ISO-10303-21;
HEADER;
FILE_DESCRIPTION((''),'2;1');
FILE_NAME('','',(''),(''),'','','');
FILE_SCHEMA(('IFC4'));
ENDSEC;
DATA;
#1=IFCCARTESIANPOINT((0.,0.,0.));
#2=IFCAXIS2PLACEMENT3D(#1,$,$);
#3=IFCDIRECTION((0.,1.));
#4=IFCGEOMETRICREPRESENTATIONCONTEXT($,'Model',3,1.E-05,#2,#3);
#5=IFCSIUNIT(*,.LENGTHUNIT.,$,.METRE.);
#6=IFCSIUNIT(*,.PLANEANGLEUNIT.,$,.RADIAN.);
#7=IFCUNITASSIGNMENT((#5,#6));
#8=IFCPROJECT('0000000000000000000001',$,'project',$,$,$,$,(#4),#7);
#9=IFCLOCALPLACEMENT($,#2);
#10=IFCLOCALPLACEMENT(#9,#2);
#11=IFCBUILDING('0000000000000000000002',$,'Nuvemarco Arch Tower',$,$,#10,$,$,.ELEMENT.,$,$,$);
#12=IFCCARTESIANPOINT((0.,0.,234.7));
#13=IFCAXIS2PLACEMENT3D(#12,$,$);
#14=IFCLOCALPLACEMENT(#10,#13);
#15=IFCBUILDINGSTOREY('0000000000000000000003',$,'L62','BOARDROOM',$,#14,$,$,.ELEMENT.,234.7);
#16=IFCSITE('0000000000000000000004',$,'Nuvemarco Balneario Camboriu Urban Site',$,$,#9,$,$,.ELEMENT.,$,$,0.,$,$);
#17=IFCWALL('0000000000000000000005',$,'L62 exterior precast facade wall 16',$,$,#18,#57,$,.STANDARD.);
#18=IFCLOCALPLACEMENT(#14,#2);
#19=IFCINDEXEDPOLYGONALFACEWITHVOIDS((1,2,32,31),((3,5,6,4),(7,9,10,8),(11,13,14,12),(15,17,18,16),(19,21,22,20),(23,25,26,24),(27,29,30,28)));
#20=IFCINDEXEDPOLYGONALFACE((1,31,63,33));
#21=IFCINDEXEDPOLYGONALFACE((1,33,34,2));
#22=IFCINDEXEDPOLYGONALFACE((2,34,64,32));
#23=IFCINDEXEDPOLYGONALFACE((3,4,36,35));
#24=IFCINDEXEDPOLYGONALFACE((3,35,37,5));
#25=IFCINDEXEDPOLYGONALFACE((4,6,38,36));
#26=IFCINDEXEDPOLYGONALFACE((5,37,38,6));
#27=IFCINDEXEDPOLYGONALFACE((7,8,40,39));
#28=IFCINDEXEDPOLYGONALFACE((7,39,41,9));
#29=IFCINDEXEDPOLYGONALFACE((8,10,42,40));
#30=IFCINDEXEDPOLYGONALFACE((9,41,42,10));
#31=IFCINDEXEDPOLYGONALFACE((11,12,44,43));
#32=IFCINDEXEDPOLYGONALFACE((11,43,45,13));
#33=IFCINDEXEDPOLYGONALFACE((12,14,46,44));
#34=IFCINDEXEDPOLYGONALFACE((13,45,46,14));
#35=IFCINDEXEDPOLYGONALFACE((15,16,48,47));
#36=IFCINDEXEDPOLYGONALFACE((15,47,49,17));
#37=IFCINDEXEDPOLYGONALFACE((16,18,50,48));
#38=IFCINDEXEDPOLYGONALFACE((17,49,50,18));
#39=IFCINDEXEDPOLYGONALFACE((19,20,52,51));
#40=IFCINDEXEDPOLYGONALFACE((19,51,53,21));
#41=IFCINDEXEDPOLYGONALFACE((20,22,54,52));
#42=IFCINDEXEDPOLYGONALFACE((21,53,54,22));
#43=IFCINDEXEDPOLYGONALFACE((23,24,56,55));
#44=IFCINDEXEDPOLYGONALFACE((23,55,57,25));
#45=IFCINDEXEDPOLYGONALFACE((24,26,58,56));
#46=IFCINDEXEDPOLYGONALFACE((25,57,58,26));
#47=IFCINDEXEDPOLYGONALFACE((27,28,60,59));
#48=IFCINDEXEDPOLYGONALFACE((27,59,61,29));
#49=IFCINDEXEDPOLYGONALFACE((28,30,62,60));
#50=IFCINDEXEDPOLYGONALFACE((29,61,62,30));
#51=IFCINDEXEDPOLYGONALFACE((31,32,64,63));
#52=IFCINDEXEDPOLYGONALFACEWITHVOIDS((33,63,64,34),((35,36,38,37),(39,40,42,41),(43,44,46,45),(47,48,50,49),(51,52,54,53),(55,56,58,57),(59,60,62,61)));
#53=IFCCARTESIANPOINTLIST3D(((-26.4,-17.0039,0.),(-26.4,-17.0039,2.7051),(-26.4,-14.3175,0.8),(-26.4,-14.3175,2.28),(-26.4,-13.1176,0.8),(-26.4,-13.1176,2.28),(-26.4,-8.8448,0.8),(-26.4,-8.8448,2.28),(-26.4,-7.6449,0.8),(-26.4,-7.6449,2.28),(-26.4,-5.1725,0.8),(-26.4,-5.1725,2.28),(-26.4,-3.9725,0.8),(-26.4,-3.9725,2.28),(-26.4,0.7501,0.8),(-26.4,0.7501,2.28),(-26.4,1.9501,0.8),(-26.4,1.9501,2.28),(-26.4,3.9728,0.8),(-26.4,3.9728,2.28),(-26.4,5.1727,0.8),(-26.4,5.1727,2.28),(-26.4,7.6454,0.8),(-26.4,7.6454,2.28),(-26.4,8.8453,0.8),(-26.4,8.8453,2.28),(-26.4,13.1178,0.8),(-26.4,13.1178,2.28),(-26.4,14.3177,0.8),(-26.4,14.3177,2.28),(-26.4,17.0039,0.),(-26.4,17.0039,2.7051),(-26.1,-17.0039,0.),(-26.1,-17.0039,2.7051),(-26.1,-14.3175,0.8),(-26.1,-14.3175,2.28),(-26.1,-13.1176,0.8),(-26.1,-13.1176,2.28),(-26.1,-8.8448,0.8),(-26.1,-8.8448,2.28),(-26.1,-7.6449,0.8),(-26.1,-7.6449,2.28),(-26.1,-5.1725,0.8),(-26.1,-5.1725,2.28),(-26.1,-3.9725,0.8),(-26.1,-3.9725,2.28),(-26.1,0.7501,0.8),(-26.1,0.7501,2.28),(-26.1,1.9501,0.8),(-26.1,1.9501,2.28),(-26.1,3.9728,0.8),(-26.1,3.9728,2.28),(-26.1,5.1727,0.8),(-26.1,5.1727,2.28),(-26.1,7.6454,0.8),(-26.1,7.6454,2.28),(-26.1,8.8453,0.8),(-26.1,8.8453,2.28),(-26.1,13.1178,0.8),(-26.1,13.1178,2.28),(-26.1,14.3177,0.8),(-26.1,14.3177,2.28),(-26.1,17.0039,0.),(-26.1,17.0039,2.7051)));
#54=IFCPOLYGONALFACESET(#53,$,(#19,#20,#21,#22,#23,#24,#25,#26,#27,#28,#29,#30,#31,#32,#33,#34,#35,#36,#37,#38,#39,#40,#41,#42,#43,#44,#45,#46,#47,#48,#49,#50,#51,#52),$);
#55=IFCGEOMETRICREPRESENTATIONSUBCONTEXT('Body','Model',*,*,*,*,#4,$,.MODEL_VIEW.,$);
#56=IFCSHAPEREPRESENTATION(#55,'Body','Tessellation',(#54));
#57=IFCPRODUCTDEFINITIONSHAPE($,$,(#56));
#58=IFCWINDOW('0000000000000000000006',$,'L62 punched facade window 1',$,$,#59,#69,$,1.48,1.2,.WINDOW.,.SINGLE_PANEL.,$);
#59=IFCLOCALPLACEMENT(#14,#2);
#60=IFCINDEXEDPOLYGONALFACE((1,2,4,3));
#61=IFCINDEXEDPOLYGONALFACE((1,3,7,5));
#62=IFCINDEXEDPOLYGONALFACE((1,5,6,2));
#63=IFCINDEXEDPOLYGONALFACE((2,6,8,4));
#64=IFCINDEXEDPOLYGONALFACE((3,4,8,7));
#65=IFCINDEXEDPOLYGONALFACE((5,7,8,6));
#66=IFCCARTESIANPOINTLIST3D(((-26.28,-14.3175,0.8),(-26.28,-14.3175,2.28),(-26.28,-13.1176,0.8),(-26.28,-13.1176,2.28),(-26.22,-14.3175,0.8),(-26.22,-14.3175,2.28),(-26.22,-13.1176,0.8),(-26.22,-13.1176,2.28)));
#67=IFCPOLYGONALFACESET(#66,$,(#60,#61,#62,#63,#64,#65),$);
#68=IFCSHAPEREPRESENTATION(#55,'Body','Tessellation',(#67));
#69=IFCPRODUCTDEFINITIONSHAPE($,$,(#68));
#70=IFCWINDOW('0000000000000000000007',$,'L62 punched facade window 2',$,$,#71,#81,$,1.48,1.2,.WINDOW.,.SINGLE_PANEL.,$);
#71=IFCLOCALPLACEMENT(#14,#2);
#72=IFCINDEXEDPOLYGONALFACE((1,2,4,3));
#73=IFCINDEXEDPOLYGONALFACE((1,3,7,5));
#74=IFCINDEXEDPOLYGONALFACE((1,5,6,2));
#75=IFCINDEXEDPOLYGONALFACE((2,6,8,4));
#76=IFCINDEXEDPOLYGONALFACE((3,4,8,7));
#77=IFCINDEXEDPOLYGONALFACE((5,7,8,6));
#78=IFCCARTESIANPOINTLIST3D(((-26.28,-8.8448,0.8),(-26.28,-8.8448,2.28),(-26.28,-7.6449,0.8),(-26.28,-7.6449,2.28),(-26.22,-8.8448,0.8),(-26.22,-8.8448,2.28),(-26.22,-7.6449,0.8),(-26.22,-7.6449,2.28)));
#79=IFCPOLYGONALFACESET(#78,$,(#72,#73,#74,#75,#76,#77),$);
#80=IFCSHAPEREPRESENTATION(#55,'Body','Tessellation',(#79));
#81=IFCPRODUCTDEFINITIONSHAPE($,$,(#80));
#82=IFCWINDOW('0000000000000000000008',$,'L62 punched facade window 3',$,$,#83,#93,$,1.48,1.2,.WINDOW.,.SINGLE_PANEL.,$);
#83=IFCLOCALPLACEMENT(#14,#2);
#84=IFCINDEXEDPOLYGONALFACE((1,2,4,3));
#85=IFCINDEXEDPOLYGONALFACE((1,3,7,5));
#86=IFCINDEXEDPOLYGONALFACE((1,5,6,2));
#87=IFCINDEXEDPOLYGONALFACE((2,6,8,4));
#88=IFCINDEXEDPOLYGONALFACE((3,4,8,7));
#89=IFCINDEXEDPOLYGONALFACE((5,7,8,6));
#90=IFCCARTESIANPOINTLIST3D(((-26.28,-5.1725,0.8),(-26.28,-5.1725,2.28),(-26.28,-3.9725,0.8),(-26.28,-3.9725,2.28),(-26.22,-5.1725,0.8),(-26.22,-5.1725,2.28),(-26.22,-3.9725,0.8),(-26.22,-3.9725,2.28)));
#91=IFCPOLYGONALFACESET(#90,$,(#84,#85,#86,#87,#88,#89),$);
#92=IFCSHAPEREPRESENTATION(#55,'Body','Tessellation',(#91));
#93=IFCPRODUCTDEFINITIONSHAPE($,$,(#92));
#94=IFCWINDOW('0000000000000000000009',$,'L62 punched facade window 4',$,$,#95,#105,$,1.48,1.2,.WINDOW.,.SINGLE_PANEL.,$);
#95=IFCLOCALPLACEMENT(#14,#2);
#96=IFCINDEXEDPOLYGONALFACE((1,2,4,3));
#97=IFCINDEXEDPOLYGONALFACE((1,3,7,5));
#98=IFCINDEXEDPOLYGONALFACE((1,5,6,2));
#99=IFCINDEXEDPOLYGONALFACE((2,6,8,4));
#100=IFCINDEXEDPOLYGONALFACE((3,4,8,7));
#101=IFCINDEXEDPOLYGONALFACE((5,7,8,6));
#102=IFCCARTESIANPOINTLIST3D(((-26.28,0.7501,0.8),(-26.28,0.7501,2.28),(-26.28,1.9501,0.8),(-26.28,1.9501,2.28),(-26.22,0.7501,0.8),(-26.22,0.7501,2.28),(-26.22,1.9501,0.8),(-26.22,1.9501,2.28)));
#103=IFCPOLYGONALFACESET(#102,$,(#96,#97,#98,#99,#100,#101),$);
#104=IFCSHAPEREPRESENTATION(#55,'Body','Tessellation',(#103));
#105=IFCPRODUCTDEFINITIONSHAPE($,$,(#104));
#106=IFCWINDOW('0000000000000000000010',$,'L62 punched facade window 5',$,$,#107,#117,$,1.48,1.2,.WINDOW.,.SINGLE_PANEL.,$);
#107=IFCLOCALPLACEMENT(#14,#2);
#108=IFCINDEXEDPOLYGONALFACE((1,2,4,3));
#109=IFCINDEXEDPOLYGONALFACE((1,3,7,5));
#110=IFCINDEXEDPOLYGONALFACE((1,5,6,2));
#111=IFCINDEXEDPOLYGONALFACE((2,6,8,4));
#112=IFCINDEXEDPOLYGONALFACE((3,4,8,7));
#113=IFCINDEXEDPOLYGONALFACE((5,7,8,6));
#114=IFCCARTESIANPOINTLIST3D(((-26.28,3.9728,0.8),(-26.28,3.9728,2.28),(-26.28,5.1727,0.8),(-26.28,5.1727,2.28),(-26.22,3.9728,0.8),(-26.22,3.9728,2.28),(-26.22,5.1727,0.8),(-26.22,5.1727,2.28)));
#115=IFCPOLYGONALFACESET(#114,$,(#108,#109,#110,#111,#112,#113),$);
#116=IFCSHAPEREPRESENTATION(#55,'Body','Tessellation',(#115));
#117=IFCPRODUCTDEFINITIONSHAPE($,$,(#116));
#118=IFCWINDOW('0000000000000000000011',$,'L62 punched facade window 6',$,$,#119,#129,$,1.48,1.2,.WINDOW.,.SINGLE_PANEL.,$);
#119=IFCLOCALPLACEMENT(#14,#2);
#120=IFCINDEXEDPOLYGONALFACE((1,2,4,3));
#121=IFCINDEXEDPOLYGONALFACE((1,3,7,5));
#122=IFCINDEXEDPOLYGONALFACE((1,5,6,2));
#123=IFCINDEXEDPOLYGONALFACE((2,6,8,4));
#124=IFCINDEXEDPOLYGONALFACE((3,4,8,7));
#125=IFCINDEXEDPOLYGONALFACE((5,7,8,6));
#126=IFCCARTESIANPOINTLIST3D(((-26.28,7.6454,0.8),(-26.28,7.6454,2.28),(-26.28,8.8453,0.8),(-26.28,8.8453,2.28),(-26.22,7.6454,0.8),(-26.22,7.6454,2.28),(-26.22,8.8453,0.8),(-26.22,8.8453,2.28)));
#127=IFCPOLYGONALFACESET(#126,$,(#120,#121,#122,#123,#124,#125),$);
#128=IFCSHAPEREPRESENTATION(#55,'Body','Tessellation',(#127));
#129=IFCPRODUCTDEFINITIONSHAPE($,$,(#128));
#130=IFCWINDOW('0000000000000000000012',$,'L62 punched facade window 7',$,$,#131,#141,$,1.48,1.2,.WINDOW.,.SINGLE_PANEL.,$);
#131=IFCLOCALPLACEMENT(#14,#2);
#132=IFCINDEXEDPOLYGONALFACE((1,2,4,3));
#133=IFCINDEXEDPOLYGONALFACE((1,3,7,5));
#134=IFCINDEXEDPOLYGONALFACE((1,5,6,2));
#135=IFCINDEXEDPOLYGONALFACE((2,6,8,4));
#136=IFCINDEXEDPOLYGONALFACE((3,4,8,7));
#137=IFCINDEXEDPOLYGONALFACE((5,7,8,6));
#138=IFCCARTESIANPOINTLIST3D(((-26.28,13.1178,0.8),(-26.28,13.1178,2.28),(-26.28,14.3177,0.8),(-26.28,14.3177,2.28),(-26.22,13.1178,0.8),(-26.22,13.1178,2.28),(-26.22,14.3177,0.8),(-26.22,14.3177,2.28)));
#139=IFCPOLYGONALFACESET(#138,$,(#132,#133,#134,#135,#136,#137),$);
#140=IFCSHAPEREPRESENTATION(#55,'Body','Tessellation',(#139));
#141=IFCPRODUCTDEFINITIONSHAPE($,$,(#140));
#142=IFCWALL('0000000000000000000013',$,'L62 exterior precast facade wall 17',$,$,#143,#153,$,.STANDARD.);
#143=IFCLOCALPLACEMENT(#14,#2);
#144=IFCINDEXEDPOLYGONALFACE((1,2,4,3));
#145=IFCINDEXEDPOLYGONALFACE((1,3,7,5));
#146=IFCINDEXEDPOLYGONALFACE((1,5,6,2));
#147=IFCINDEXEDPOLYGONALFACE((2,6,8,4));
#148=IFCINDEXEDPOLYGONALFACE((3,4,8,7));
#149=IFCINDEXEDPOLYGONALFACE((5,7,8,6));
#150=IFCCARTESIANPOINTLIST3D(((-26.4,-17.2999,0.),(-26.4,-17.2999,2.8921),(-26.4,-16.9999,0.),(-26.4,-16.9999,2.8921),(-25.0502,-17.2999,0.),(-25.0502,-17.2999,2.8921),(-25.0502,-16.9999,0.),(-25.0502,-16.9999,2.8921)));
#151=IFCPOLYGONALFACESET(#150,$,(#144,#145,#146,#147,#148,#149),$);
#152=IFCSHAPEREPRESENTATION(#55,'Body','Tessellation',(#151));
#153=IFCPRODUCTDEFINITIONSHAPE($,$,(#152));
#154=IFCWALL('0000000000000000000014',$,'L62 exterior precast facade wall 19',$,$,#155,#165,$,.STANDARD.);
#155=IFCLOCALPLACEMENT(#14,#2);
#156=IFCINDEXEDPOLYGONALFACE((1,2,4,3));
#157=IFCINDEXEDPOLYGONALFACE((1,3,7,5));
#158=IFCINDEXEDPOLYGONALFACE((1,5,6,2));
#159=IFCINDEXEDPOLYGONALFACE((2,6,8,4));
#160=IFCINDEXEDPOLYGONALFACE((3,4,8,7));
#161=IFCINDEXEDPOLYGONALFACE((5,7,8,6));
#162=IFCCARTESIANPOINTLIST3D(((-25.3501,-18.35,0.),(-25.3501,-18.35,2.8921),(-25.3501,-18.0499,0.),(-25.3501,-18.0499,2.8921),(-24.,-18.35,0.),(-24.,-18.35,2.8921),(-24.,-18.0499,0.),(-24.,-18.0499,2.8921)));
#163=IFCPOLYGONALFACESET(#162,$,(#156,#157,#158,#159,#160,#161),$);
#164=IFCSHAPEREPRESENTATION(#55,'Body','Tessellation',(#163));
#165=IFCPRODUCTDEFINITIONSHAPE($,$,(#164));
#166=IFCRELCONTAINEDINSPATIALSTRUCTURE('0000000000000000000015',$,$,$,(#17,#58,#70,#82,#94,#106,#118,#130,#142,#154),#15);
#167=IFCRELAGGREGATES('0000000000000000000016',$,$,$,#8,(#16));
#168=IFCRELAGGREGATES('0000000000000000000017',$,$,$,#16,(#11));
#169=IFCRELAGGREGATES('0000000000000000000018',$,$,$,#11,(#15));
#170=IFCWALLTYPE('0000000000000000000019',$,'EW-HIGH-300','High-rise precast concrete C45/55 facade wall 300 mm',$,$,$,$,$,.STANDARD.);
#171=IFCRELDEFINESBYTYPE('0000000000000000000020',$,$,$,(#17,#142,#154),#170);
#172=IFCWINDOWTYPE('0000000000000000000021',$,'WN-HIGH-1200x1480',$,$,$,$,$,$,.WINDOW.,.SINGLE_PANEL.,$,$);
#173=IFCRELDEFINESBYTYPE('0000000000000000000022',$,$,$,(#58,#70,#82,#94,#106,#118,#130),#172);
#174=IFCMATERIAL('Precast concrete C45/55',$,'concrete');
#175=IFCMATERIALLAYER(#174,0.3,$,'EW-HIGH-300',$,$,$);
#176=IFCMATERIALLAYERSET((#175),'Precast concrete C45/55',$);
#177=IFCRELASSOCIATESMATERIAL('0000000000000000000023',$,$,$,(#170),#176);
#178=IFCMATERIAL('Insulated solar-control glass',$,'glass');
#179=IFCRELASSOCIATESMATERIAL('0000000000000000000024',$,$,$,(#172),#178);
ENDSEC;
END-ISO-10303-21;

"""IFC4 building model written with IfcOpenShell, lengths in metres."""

from ifc_helpers import new_model, si_unit, direction, frame, frame_2d, origin, place, context, subcontext, project, spatial, rectangle, extrude, source, transform, mapped, material, layer, layer_set, type_object, type_shapes, element, fill, save


model = new_model("IFC4")

# Units and contexts
model_context = context("Model", 3, precision=1e-05, world=origin(), true_north=direction((0.0, 1.0)))
body_context = subcontext(model_context, "Body", "Model", "MODEL_VIEW")
ifc_project = project(units=[si_unit("LENGTHUNIT", "METRE"), si_unit("PLANEANGLEUNIT", "RADIAN")], contexts=[model_context])

# Site, building, storey
site_placement = place(None, origin())
site = spatial("IfcSite", under=ifc_project, at=site_placement, Name="Nuvemarco Balneario Camboriu Urban Site", CompositionType="ELEMENT", RefElevation=0.0)
building_placement = place(site_placement, origin())
building = spatial("IfcBuilding", under=site, at=building_placement, Name="Nuvemarco Arch Tower", CompositionType="ELEMENT")
storey_placement = place(building_placement, frame((0.0, 0.0, 234.7)))
storey = spatial("IfcBuildingStorey", under=building, at=storey_placement, Name="L62", Description="BOARDROOM", CompositionType="ELEMENT", Elevation=234.7)

# Shared definitions
ifc_material_1 = material(Name="Precast concrete C45/55", Category="concrete")

# Wall, openings, windows
ifc_layer = layer(ifc_material_1, 0.3, Name="EW-HIGH-300")
ifc_layer_set = layer_set([ifc_layer], Name="Precast concrete C45/55")
wall_type = type_object("IfcWallType", Name="EW-HIGH-300", Description="High-rise precast concrete C45/55 facade wall 300 mm", PredefinedType="STANDARD", material=ifc_layer_set)
wall_1_placement = place(storey_placement, frame((-26.25, -17.0039, 0.0), z_axis=(0.0, 0.0, 1.0), x_axis=(0.0, 1.0, 0.0)))
wall_1 = element("IfcWall", 1, at=wall_1_placement, inside=storey, type_object=wall_type, Name="L62 exterior precast facade wall 16", PredefinedType="STANDARD", context=body_context, shape_type="SweptSolid", body=[
    extrude(rectangle(XDim=34.0078, YDim=0.3, at=frame_2d((17.0039, 0.0))), origin(), (0.0, 0.0, 1.0), 2.7051),
])
opening_1_placement = place(wall_1_placement, frame((2.6863, 0.0, 0.8)))
opening_1 = element("IfcOpeningElement", 2, at=opening_1_placement, cuts=wall_1, PredefinedType="OPENING", context=body_context, shape_type="SweptSolid", body=[
    extrude(rectangle(XDim=1.2, YDim=1.48, at=frame_2d((0.6001, 0.74))), frame((0.0, 0.1599, 0.0), z_axis=(0.0, -1.0, 0.0), x_axis=(1.0, 0.0, 0.0)), (0.0, 0.0, 1.0), 0.3201),
])
opening_2_placement = place(wall_1_placement, frame((8.1589, 0.0, 0.8)))
opening_2 = element("IfcOpeningElement", 3, at=opening_2_placement, cuts=wall_1, PredefinedType="OPENING", context=body_context, shape_type="SweptSolid", body=[
    extrude(rectangle(XDim=1.2, YDim=1.48, at=frame_2d((0.6001, 0.74))), frame((0.0, 0.1599, 0.0), z_axis=(0.0, -1.0, 0.0), x_axis=(1.0, 0.0, 0.0)), (0.0, 0.0, 1.0), 0.3201),
])
opening_3_placement = place(wall_1_placement, frame((11.8313, 0.0, 0.8)))
opening_3 = element("IfcOpeningElement", 4, at=opening_3_placement, cuts=wall_1, PredefinedType="OPENING", context=body_context, shape_type="SweptSolid", body=[
    extrude(rectangle(XDim=1.2, YDim=1.48, at=frame_2d((0.6001, 0.74))), frame((0.0, 0.1599, 0.0), z_axis=(0.0, -1.0, 0.0), x_axis=(1.0, 0.0, 0.0)), (0.0, 0.0, 1.0), 0.3201),
])
opening_4_placement = place(wall_1_placement, frame((17.7539, 0.0, 0.8)))
opening_4 = element("IfcOpeningElement", 5, at=opening_4_placement, cuts=wall_1, PredefinedType="OPENING", context=body_context, shape_type="SweptSolid", body=[
    extrude(rectangle(XDim=1.2, YDim=1.48, at=frame_2d((0.6001, 0.74))), frame((0.0, 0.1599, 0.0), z_axis=(0.0, -1.0, 0.0), x_axis=(1.0, 0.0, 0.0)), (0.0, 0.0, 1.0), 0.3201),
])
opening_5_placement = place(wall_1_placement, frame((20.9766, 0.0, 0.8)))
opening_5 = element("IfcOpeningElement", 6, at=opening_5_placement, cuts=wall_1, PredefinedType="OPENING", context=body_context, shape_type="SweptSolid", body=[
    extrude(rectangle(XDim=1.2, YDim=1.48, at=frame_2d((0.6001, 0.74))), frame((0.0, 0.1599, 0.0), z_axis=(0.0, -1.0, 0.0), x_axis=(1.0, 0.0, 0.0)), (0.0, 0.0, 1.0), 0.3201),
])
opening_6_placement = place(wall_1_placement, frame((24.6492, 0.0, 0.8)))
opening_6 = element("IfcOpeningElement", 7, at=opening_6_placement, cuts=wall_1, PredefinedType="OPENING", context=body_context, shape_type="SweptSolid", body=[
    extrude(rectangle(XDim=1.2, YDim=1.48, at=frame_2d((0.6001, 0.74))), frame((0.0, 0.1599, 0.0), z_axis=(0.0, -1.0, 0.0), x_axis=(1.0, 0.0, 0.0)), (0.0, 0.0, 1.0), 0.3201),
])
opening_7_placement = place(wall_1_placement, frame((30.1216, 0.0, 0.8)))
opening_7 = element("IfcOpeningElement", 8, at=opening_7_placement, cuts=wall_1, PredefinedType="OPENING", context=body_context, shape_type="SweptSolid", body=[
    extrude(rectangle(XDim=1.2, YDim=1.48, at=frame_2d((0.6001, 0.74))), frame((0.0, 0.1599, 0.0), z_axis=(0.0, -1.0, 0.0), x_axis=(1.0, 0.0, 0.0)), (0.0, 0.0, 1.0), 0.3201),
])
ifc_material_2 = material(Name="Insulated solar-control glass", Category="glass")
window_type = type_object("IfcWindowType", Name="WN-HIGH-1200x1480", PartitioningType="SINGLE_PANEL", PredefinedType="WINDOW", material=ifc_material_2)
shared_shape_1 = source(origin(), body_context, "Body", "SweptSolid", [
    extrude(rectangle(XDim=1.2, YDim=1.48, at=frame_2d((0.6001, 0.74))), frame((0.0, 0.03, 0.0), z_axis=(0.0, -1.0, 0.0), x_axis=(1.0, 0.0, 0.0)), (0.0, 0.0, 1.0), 0.0601),
])
type_shapes(window_type, [shared_shape_1])
window_1_placement = place(opening_1_placement, origin())
window_1 = element("IfcWindow", 9, at=window_1_placement, inside=storey, type_object=window_type, Name="L62 punched facade window 1", OverallHeight=1.48, OverallWidth=1.2, PartitioningType="SINGLE_PANEL", PredefinedType="WINDOW", context=body_context, shape_type="MappedRepresentation", body=[
    mapped(shared_shape_1, transform((0.0, 0.0, 0.0), scale=1.0)),
])
fill(opening_1, window_1)
window_2_placement = place(opening_2_placement, origin())
window_2 = element("IfcWindow", 10, at=window_2_placement, inside=storey, type_object=window_type, Name="L62 punched facade window 2", OverallHeight=1.48, OverallWidth=1.2, PartitioningType="SINGLE_PANEL", PredefinedType="WINDOW", context=body_context, shape_type="MappedRepresentation", body=[
    mapped(shared_shape_1, transform((0.0, 0.0, 0.0), scale=1.0)),
])
fill(opening_2, window_2)
window_3_placement = place(opening_3_placement, origin())
window_3 = element("IfcWindow", 11, at=window_3_placement, inside=storey, type_object=window_type, Name="L62 punched facade window 3", OverallHeight=1.48, OverallWidth=1.2, PartitioningType="SINGLE_PANEL", PredefinedType="WINDOW", context=body_context, shape_type="MappedRepresentation", body=[
    mapped(shared_shape_1, transform((0.0, 0.0, 0.0), scale=1.0)),
])
fill(opening_3, window_3)
window_4_placement = place(opening_4_placement, origin())
window_4 = element("IfcWindow", 12, at=window_4_placement, inside=storey, type_object=window_type, Name="L62 punched facade window 4", OverallHeight=1.48, OverallWidth=1.2, PartitioningType="SINGLE_PANEL", PredefinedType="WINDOW", context=body_context, shape_type="MappedRepresentation", body=[
    mapped(shared_shape_1, transform((0.0, 0.0, 0.0), scale=1.0)),
])
fill(opening_4, window_4)
window_5_placement = place(opening_5_placement, origin())
window_5 = element("IfcWindow", 13, at=window_5_placement, inside=storey, type_object=window_type, Name="L62 punched facade window 5", OverallHeight=1.48, OverallWidth=1.2, PartitioningType="SINGLE_PANEL", PredefinedType="WINDOW", context=body_context, shape_type="MappedRepresentation", body=[
    mapped(shared_shape_1, transform((0.0, 0.0, 0.0), scale=1.0)),
])
fill(opening_5, window_5)
window_6_placement = place(opening_6_placement, origin())
window_6 = element("IfcWindow", 14, at=window_6_placement, inside=storey, type_object=window_type, Name="L62 punched facade window 6", OverallHeight=1.48, OverallWidth=1.2, PartitioningType="SINGLE_PANEL", PredefinedType="WINDOW", context=body_context, shape_type="MappedRepresentation", body=[
    mapped(shared_shape_1, transform((0.0, 0.0, 0.0), scale=1.0)),
])
fill(opening_6, window_6)
window_7_placement = place(opening_7_placement, origin())
window_7 = element("IfcWindow", 15, at=window_7_placement, inside=storey, type_object=window_type, Name="L62 punched facade window 7", OverallHeight=1.48, OverallWidth=1.2, PartitioningType="SINGLE_PANEL", PredefinedType="WINDOW", context=body_context, shape_type="MappedRepresentation", body=[
    mapped(shared_shape_1, transform((0.0, 0.0, 0.0), scale=1.0)),
])
fill(opening_7, window_7)

# Walls
wall_2_placement = place(storey_placement, frame((-26.3999, -17.1499, 0.0), z_axis=(0.0, 0.0, 1.0), x_axis=(1.0, 0.0, 0.0)))
element("IfcWall", 16, at=wall_2_placement, inside=storey, type_object=wall_type, Name="L62 exterior precast facade wall 17", PredefinedType="STANDARD", context=body_context, shape_type="SweptSolid", body=[
    extrude(rectangle(XDim=1.3499, YDim=0.3, at=frame_2d((0.6748, 0.0))), origin(), (0.0, 0.0, 1.0), 2.8921),
])
wall_3_placement = place(storey_placement, frame((-25.3501, -18.2, 0.0), z_axis=(0.0, 0.0, 1.0), x_axis=(1.0, 0.0, 0.0)))
element("IfcWall", 17, at=wall_3_placement, inside=storey, type_object=wall_type, Name="L62 exterior precast facade wall 19", PredefinedType="STANDARD", context=body_context, shape_type="SweptSolid", body=[
    extrude(rectangle(XDim=1.3501, YDim=0.3, at=frame_2d((0.675, 0.0))), origin(), (0.0, 0.0, 1.0), 2.8921),
])

save(model, "model.ifc")
